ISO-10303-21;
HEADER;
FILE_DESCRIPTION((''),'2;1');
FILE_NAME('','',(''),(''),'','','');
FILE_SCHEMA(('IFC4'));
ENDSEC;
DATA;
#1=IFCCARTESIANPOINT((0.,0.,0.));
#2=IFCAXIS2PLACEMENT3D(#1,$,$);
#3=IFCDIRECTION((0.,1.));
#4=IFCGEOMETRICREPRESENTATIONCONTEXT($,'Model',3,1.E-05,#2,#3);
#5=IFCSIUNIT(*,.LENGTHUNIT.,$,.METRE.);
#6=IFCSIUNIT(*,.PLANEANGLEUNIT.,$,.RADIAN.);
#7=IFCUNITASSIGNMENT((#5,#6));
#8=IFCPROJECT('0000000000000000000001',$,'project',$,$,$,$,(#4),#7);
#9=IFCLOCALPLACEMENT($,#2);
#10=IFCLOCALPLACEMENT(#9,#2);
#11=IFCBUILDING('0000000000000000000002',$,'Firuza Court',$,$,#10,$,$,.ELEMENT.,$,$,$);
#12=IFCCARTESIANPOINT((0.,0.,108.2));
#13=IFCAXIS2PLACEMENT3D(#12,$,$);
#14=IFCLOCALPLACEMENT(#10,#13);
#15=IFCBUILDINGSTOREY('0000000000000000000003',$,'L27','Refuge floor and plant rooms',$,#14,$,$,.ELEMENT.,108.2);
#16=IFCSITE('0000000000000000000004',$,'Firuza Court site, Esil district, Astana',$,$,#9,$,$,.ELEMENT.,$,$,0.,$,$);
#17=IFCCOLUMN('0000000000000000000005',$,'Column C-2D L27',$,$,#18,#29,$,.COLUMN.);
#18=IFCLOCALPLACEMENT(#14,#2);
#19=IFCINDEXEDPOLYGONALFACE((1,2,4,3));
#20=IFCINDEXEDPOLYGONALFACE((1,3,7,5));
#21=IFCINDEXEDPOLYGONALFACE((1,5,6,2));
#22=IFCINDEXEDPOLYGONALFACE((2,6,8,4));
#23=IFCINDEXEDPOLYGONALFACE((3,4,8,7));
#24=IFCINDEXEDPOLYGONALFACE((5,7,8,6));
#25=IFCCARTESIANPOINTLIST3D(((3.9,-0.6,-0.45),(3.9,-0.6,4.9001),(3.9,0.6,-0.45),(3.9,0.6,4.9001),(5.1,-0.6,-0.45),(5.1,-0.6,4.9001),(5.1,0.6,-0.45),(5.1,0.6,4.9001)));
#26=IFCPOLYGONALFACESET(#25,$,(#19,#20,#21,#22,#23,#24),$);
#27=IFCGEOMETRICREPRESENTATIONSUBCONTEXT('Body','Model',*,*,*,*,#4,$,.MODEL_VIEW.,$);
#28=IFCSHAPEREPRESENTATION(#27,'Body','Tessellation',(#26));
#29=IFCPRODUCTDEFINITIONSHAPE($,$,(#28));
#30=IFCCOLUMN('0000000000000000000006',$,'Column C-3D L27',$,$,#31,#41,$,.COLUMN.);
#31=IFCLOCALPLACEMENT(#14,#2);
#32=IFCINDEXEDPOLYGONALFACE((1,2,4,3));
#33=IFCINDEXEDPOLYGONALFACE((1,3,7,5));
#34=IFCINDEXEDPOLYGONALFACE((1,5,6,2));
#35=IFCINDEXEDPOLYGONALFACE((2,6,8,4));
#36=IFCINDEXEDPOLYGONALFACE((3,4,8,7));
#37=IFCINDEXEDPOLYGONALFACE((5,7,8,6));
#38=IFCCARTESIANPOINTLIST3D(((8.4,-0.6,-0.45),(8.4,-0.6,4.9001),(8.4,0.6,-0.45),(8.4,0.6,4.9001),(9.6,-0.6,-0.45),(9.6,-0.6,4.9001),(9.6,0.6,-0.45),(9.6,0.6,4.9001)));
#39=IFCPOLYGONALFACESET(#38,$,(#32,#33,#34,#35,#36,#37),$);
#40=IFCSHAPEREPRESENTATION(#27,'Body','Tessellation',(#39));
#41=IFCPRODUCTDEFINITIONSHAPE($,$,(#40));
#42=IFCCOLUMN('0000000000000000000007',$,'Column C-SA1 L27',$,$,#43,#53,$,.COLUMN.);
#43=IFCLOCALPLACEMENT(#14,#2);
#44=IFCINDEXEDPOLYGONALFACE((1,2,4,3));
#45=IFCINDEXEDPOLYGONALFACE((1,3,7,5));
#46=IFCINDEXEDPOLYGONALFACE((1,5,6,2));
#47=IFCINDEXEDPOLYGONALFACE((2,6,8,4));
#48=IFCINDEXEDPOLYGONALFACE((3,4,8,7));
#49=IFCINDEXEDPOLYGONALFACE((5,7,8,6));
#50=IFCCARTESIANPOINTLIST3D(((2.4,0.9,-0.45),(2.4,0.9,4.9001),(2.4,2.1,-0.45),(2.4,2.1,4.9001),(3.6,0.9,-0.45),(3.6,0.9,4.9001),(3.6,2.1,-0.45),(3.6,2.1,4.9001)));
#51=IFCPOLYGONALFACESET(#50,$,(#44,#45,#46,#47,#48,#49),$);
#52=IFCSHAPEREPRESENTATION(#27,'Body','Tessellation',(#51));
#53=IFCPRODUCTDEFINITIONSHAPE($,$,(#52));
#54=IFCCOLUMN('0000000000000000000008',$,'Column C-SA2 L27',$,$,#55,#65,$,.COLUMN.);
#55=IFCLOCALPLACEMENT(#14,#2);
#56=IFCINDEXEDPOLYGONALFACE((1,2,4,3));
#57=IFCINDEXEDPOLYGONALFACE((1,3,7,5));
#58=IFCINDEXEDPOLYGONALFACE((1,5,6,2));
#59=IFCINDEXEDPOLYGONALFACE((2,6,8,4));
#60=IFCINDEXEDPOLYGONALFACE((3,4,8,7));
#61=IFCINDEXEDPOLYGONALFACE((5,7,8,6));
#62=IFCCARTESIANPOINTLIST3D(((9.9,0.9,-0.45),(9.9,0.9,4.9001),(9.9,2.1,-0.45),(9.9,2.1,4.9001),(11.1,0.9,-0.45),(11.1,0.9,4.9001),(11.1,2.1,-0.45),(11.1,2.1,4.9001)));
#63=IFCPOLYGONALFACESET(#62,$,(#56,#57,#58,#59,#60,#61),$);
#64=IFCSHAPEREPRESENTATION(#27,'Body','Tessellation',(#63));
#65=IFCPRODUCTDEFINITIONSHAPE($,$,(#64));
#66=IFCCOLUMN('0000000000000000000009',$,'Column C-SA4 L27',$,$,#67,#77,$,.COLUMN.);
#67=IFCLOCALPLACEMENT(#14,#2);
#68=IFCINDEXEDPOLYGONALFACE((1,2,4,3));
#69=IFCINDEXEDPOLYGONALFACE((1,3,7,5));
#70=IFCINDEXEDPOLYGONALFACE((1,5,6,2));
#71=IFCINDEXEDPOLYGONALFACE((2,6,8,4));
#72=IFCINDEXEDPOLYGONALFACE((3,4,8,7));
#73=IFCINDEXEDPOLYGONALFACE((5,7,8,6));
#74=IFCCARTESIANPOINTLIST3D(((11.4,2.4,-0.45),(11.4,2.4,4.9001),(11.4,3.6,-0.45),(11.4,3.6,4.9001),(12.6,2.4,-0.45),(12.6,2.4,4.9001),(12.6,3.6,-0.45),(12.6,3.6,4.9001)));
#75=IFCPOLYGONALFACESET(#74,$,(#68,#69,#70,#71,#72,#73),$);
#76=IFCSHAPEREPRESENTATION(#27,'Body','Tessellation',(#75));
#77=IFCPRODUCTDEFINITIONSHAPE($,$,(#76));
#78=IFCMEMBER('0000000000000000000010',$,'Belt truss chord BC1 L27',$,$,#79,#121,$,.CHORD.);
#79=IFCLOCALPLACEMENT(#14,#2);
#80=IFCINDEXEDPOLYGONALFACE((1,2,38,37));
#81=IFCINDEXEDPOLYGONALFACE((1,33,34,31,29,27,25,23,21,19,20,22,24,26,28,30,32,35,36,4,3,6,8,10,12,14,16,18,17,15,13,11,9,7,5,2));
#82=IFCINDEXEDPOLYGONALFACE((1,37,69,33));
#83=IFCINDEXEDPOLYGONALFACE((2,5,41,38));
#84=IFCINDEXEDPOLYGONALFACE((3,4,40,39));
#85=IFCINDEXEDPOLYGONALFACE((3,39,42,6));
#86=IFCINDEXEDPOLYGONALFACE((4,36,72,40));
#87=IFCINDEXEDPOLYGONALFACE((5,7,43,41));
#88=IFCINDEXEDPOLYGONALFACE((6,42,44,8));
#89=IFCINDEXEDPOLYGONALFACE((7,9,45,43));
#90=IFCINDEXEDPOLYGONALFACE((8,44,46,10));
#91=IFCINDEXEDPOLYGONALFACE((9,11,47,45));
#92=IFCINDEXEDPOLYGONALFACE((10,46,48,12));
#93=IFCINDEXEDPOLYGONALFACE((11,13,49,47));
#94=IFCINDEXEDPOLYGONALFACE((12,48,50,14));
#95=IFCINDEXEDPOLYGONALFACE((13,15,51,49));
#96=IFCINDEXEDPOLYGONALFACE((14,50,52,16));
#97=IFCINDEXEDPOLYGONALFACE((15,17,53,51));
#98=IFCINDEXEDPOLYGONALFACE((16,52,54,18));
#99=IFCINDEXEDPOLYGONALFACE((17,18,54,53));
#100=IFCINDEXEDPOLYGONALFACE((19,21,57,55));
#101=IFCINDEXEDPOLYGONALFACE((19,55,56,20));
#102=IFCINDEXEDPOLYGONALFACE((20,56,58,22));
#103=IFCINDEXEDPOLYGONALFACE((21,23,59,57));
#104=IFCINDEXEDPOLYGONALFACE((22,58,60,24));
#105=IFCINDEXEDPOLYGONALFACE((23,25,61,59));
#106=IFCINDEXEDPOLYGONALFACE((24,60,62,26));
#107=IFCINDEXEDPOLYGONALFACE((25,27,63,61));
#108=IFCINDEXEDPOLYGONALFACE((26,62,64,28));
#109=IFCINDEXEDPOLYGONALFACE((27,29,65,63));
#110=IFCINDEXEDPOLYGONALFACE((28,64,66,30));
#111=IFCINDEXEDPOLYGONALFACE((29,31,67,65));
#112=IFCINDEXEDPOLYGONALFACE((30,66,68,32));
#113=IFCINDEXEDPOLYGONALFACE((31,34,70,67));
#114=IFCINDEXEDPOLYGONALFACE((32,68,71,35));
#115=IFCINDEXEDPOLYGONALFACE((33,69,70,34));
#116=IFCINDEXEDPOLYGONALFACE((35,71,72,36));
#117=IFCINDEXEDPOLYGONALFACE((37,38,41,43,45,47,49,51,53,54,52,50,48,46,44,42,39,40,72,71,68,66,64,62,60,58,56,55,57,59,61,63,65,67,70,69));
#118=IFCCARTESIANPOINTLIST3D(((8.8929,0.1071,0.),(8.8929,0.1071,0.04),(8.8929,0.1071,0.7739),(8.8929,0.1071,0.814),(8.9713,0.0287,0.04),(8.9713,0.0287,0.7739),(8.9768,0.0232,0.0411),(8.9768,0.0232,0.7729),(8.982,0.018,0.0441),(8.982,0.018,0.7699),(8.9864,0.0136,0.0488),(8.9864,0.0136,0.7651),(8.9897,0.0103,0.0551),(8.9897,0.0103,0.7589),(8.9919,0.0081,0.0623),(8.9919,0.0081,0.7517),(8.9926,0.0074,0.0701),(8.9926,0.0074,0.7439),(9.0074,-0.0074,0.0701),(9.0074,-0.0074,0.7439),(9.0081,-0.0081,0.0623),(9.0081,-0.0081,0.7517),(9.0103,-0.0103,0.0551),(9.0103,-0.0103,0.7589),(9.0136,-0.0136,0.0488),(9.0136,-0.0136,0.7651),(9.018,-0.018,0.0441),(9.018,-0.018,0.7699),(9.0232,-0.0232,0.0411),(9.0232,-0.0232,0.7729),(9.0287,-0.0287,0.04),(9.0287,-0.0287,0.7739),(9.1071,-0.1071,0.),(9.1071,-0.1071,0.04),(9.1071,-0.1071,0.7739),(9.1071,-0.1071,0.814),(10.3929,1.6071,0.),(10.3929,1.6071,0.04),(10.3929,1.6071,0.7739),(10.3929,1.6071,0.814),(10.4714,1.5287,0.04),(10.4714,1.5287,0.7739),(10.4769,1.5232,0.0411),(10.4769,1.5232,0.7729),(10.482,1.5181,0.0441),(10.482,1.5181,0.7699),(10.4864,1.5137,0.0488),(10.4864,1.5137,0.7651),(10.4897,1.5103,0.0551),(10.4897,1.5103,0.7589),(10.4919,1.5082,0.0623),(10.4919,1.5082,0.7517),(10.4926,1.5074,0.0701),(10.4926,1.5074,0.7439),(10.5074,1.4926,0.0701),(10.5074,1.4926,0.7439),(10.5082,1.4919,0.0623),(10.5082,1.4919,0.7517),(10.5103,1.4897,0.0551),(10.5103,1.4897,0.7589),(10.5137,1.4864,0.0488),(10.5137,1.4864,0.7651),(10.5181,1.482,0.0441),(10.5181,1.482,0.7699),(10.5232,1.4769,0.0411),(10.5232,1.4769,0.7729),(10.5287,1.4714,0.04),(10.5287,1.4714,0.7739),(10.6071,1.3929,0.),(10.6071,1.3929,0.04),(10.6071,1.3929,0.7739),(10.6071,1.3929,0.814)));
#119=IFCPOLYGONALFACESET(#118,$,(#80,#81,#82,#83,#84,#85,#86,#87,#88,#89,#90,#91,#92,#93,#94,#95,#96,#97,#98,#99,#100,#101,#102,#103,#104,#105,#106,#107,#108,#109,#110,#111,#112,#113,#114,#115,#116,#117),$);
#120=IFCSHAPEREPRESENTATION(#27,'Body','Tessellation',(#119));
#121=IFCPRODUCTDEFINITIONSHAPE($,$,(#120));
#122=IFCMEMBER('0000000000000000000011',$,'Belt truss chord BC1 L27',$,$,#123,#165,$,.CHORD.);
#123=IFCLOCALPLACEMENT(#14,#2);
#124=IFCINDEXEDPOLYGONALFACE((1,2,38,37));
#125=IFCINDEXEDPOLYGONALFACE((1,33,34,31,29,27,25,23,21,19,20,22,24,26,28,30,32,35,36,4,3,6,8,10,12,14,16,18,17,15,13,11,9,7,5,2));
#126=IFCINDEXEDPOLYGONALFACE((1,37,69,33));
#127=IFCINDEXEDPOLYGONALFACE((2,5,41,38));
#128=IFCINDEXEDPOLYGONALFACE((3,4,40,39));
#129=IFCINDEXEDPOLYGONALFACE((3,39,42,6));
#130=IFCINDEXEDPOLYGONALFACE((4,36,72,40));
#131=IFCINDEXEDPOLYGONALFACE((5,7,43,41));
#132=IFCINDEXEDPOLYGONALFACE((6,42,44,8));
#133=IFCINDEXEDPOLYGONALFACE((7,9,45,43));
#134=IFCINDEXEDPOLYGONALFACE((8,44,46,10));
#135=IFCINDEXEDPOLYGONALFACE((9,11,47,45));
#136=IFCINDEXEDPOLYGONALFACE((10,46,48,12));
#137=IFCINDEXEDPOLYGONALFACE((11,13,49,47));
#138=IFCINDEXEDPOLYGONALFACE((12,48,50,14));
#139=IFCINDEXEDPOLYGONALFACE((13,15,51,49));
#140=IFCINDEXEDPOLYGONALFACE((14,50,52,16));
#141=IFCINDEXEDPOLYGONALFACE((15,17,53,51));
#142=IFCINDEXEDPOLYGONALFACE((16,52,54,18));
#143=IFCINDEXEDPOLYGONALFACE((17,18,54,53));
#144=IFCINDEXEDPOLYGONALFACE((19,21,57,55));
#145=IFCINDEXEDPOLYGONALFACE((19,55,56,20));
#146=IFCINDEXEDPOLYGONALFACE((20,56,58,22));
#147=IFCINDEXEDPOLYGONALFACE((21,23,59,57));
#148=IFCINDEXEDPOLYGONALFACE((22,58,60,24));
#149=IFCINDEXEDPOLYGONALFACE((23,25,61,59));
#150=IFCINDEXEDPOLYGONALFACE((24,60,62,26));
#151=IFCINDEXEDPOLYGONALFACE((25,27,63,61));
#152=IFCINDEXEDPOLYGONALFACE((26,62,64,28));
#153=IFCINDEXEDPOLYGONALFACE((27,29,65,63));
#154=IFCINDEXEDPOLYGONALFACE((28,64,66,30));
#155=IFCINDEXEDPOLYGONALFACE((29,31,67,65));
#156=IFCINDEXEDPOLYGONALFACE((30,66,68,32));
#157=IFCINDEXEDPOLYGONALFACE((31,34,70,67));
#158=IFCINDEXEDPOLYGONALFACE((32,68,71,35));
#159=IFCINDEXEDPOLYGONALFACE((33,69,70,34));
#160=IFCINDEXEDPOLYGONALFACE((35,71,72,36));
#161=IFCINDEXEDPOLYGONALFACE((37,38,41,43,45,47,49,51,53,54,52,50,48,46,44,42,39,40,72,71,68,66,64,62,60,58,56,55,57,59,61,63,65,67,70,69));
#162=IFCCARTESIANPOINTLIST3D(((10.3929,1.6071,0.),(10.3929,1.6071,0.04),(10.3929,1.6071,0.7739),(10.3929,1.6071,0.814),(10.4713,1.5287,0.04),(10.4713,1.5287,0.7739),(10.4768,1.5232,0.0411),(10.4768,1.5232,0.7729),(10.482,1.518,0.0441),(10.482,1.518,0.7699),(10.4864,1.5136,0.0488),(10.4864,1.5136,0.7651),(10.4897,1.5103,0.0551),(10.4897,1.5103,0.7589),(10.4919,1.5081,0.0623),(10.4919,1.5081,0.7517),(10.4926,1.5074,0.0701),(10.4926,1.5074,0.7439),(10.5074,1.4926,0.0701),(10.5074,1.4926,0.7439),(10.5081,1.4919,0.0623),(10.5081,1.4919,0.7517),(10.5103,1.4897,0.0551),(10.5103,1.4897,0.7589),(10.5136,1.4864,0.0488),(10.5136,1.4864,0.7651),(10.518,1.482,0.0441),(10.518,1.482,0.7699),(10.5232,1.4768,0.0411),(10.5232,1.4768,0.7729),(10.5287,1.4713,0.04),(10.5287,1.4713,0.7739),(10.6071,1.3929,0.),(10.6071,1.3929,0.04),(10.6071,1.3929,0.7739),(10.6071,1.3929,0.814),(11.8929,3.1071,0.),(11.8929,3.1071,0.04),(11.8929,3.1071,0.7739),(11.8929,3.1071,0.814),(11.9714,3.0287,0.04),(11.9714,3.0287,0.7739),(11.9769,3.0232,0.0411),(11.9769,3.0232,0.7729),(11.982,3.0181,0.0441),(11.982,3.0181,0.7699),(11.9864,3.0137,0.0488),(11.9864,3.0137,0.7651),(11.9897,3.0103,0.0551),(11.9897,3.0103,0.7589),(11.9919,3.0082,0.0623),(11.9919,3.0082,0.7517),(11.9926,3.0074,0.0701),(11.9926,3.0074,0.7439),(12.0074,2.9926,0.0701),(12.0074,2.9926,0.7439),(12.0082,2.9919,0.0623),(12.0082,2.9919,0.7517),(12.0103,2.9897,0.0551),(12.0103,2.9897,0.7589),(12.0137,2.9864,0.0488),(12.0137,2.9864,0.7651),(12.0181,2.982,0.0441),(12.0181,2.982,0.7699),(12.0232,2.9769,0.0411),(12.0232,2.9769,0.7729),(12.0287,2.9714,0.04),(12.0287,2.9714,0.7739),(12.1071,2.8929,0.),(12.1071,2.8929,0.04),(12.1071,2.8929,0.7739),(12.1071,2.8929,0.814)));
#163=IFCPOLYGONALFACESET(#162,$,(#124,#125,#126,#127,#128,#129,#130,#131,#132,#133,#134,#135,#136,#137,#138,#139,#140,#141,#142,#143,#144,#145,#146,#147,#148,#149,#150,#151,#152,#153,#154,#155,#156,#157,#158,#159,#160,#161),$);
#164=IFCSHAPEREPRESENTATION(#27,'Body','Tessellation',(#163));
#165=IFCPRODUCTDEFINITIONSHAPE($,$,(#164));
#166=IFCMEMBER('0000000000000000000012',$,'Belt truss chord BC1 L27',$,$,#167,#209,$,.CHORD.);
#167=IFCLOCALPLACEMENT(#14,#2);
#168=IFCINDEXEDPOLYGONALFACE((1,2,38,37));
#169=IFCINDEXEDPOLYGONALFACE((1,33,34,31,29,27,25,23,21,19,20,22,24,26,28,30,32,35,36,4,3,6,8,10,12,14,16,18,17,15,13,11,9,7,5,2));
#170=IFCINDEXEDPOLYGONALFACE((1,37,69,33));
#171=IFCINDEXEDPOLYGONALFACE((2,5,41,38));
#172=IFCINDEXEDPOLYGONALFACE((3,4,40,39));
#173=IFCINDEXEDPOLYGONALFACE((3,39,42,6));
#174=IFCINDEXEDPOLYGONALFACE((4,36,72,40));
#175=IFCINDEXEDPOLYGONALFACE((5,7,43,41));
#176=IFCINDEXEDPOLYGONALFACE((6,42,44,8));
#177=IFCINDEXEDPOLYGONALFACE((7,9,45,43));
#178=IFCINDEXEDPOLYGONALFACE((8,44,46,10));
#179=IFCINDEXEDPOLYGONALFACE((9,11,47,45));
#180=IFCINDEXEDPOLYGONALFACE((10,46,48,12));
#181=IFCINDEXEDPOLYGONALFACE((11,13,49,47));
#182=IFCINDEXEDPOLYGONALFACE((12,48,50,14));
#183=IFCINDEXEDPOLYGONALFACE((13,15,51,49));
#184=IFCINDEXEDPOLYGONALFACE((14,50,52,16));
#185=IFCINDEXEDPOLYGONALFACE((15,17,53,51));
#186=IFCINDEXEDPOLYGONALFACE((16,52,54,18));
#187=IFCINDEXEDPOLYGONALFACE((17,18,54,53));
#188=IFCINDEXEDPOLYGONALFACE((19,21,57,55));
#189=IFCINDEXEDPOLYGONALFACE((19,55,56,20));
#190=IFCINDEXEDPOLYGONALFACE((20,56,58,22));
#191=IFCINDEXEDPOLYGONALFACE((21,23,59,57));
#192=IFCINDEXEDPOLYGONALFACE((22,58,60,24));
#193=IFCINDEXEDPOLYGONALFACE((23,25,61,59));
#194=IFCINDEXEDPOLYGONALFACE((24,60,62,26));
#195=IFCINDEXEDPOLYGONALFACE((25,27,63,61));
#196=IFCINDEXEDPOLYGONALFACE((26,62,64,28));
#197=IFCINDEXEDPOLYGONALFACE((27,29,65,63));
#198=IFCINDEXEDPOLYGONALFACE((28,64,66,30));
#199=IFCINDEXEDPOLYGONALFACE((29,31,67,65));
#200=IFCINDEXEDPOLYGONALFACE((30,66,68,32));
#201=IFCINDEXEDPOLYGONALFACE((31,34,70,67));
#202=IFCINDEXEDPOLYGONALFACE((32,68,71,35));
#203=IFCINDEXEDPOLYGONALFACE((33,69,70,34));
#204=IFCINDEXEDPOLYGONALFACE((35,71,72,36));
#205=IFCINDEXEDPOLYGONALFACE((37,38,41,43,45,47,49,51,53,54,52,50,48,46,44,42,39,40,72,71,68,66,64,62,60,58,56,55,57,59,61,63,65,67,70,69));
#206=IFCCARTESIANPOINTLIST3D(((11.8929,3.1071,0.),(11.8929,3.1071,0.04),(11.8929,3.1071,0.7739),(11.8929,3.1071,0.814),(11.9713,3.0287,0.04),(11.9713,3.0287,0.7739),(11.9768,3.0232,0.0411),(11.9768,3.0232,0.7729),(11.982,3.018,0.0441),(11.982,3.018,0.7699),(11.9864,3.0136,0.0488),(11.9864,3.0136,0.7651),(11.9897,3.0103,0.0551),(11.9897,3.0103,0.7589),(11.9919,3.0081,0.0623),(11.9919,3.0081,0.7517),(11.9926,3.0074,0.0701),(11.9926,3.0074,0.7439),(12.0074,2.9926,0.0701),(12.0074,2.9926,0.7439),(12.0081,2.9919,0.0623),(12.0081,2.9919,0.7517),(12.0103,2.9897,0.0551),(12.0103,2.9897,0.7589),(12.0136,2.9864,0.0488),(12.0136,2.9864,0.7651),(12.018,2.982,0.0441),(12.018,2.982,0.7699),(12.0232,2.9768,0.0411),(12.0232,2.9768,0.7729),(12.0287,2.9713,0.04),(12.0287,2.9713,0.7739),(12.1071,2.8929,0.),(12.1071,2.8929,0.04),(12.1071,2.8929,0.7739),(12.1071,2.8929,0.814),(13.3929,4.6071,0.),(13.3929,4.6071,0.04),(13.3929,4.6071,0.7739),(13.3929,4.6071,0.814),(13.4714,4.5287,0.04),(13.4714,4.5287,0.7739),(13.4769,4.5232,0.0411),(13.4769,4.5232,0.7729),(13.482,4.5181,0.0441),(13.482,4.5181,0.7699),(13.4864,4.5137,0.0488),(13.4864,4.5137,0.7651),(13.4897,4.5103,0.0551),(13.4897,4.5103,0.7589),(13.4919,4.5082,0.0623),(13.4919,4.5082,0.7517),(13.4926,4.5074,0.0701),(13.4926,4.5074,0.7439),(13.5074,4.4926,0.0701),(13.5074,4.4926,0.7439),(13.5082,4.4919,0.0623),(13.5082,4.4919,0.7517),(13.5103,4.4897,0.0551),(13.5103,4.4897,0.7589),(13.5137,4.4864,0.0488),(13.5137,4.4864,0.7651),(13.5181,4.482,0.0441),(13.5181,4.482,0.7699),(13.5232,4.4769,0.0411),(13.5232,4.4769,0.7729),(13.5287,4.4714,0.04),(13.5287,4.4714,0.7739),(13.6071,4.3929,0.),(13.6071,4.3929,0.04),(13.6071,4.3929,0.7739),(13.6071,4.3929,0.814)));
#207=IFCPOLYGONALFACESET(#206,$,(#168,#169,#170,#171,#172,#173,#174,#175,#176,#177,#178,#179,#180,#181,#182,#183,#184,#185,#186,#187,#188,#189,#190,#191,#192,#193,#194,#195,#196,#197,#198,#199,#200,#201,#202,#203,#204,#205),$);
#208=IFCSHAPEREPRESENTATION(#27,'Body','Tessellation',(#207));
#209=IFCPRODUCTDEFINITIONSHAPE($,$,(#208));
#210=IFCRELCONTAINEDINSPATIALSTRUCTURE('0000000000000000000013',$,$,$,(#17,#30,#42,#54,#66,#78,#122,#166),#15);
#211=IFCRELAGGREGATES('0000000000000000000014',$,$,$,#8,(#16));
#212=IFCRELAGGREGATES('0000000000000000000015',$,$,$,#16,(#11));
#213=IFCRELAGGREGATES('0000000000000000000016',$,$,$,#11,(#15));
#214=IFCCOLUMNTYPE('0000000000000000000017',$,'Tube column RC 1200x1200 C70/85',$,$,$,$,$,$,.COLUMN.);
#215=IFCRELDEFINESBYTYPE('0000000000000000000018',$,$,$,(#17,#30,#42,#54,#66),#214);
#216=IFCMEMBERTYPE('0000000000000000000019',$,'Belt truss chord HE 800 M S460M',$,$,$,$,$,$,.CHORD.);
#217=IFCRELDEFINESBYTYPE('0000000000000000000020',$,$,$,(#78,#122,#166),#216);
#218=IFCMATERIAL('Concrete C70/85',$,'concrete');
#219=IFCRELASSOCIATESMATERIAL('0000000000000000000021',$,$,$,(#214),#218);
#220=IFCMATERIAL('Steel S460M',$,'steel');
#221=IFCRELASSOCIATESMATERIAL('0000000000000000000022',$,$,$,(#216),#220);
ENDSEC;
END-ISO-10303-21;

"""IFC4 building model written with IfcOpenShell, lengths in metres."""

from ifc_helpers import new_model, si_unit, direction, frame, origin, origin_2d, place, context, subcontext, project, spatial, rectangle, i_section, extrude, material, material_profile, profile_set, type_object, element, save


model = new_model("IFC4")

# Units and contexts
model_context = context("Model", 3, precision=1e-05, world=origin(), true_north=direction((0.0, 1.0)))
body_context = subcontext(model_context, "Body", "Model", "MODEL_VIEW")
ifc_project = project(units=[si_unit("LENGTHUNIT", "METRE"), si_unit("PLANEANGLEUNIT", "RADIAN")], contexts=[model_context])

# Site, building, storey
site_placement = place(None, origin())
site = spatial("IfcSite", under=ifc_project, at=site_placement, Name="Firuza Court site, Esil district, Astana", CompositionType="ELEMENT", RefElevation=0.0)
building_placement = place(site_placement, origin())
building = spatial("IfcBuilding", under=site, at=building_placement, Name="Firuza Court", CompositionType="ELEMENT")
storey_placement = place(building_placement, frame((0.0, 0.0, 108.2)))
storey = spatial("IfcBuildingStorey", under=building, at=storey_placement, Name="L27", Description="Refuge floor and plant rooms", CompositionType="ELEMENT", Elevation=108.2)

# Columns
ifc_material_1 = material(Name="Concrete C70/85", Category="concrete")
ifc_material_profile_1 = material_profile(ifc_material_1, rectangle(XDim=1.2, YDim=1.2, at=origin_2d()), Name="RC 1200x1200")
ifc_profile_set_1 = profile_set([ifc_material_profile_1], Name="Concrete C70/85")
column_type = type_object("IfcColumnType", Name="Tube column RC 1200x1200 C70/85", PredefinedType="COLUMN", material=ifc_profile_set_1)
for number, where, z_axis, x_axis, name in (
    (1, (4.5, 0.0, -0.45), (0.0, 0.0, 1.0), (1.0, 0.0, 0.0), "Column C-2D L27"),
    (2, (9.0, 0.0, -0.45), (0.0, 0.0, 1.0), (1.0, 0.0, 0.0), "Column C-3D L27"),
    (3, (3.0, 1.5, -0.45), (0.0, 0.0, 1.0), (1.0, 0.0, 0.0), "Column C-SA1 L27"),
    (4, (10.5, 1.5, -0.45), (0.0, 0.0, 1.0), (1.0, 0.0, 0.0), "Column C-SA2 L27"),
    (5, (12.0, 3.0, -0.45), (0.0, 0.0, 1.0), (1.0, 0.0, 0.0), "Column C-SA4 L27"),
):
    element("IfcColumn", number, at=place(storey_placement, frame(where, z_axis=z_axis, x_axis=x_axis)), inside=storey, type_object=column_type, Name=name, PredefinedType="COLUMN", context=body_context, shape_type="SweptSolid", body=[
        extrude(rectangle(XDim=1.2, YDim=1.2, at=origin_2d()), origin(), (0.0, 0.0, 1.0), 5.3501),
    ])

# Members
ifc_material_2 = material(Name="Steel S460M", Category="steel")
ifc_material_profile_2 = material_profile(ifc_material_2, i_section(OverallWidth=0.303, OverallDepth=0.814, WebThickness=0.021, FlangeThickness=0.04, FilletRadius=0.03, at=origin_2d()), Name="HE 800 M")
ifc_profile_set_2 = profile_set([ifc_material_profile_2], Name="Steel S460M")
member_type_1 = type_object("IfcMemberType", Name="Belt truss chord HE 800 M S460M", PredefinedType="CHORD", material=ifc_profile_set_2)
for number, where, z_axis, x_axis, name in (
    (6, (9.0, 0.0, 0.407), (0.707107, 0.707107, 0.0), (-0.707107, 0.707107, 0.0), "Belt truss chord BC1 L27"),
    (7, (10.5, 1.5, 0.407), (0.707107, 0.707107, 0.0), (-0.707107, 0.707107, 0.0), "Belt truss chord BC1 L27"),
    (8, (12.0, 3.0, 0.407), (0.707107, 0.707107, 0.0), (-0.707107, 0.707107, 0.0), "Belt truss chord BC1 L27"),
):
    element("IfcMember", number, at=place(storey_placement, frame(where, z_axis=z_axis, x_axis=x_axis)), inside=storey, type_object=member_type_1, Name=name, PredefinedType="CHORD", context=body_context, shape_type="SweptSolid", body=[
        extrude(i_section(OverallWidth=0.303, OverallDepth=0.814, WebThickness=0.021, FlangeThickness=0.04, FilletRadius=0.03, at=origin_2d()), origin(), (0.0, 0.0, 1.0), 2.1213),
    ])

save(model, "model.ifc")
